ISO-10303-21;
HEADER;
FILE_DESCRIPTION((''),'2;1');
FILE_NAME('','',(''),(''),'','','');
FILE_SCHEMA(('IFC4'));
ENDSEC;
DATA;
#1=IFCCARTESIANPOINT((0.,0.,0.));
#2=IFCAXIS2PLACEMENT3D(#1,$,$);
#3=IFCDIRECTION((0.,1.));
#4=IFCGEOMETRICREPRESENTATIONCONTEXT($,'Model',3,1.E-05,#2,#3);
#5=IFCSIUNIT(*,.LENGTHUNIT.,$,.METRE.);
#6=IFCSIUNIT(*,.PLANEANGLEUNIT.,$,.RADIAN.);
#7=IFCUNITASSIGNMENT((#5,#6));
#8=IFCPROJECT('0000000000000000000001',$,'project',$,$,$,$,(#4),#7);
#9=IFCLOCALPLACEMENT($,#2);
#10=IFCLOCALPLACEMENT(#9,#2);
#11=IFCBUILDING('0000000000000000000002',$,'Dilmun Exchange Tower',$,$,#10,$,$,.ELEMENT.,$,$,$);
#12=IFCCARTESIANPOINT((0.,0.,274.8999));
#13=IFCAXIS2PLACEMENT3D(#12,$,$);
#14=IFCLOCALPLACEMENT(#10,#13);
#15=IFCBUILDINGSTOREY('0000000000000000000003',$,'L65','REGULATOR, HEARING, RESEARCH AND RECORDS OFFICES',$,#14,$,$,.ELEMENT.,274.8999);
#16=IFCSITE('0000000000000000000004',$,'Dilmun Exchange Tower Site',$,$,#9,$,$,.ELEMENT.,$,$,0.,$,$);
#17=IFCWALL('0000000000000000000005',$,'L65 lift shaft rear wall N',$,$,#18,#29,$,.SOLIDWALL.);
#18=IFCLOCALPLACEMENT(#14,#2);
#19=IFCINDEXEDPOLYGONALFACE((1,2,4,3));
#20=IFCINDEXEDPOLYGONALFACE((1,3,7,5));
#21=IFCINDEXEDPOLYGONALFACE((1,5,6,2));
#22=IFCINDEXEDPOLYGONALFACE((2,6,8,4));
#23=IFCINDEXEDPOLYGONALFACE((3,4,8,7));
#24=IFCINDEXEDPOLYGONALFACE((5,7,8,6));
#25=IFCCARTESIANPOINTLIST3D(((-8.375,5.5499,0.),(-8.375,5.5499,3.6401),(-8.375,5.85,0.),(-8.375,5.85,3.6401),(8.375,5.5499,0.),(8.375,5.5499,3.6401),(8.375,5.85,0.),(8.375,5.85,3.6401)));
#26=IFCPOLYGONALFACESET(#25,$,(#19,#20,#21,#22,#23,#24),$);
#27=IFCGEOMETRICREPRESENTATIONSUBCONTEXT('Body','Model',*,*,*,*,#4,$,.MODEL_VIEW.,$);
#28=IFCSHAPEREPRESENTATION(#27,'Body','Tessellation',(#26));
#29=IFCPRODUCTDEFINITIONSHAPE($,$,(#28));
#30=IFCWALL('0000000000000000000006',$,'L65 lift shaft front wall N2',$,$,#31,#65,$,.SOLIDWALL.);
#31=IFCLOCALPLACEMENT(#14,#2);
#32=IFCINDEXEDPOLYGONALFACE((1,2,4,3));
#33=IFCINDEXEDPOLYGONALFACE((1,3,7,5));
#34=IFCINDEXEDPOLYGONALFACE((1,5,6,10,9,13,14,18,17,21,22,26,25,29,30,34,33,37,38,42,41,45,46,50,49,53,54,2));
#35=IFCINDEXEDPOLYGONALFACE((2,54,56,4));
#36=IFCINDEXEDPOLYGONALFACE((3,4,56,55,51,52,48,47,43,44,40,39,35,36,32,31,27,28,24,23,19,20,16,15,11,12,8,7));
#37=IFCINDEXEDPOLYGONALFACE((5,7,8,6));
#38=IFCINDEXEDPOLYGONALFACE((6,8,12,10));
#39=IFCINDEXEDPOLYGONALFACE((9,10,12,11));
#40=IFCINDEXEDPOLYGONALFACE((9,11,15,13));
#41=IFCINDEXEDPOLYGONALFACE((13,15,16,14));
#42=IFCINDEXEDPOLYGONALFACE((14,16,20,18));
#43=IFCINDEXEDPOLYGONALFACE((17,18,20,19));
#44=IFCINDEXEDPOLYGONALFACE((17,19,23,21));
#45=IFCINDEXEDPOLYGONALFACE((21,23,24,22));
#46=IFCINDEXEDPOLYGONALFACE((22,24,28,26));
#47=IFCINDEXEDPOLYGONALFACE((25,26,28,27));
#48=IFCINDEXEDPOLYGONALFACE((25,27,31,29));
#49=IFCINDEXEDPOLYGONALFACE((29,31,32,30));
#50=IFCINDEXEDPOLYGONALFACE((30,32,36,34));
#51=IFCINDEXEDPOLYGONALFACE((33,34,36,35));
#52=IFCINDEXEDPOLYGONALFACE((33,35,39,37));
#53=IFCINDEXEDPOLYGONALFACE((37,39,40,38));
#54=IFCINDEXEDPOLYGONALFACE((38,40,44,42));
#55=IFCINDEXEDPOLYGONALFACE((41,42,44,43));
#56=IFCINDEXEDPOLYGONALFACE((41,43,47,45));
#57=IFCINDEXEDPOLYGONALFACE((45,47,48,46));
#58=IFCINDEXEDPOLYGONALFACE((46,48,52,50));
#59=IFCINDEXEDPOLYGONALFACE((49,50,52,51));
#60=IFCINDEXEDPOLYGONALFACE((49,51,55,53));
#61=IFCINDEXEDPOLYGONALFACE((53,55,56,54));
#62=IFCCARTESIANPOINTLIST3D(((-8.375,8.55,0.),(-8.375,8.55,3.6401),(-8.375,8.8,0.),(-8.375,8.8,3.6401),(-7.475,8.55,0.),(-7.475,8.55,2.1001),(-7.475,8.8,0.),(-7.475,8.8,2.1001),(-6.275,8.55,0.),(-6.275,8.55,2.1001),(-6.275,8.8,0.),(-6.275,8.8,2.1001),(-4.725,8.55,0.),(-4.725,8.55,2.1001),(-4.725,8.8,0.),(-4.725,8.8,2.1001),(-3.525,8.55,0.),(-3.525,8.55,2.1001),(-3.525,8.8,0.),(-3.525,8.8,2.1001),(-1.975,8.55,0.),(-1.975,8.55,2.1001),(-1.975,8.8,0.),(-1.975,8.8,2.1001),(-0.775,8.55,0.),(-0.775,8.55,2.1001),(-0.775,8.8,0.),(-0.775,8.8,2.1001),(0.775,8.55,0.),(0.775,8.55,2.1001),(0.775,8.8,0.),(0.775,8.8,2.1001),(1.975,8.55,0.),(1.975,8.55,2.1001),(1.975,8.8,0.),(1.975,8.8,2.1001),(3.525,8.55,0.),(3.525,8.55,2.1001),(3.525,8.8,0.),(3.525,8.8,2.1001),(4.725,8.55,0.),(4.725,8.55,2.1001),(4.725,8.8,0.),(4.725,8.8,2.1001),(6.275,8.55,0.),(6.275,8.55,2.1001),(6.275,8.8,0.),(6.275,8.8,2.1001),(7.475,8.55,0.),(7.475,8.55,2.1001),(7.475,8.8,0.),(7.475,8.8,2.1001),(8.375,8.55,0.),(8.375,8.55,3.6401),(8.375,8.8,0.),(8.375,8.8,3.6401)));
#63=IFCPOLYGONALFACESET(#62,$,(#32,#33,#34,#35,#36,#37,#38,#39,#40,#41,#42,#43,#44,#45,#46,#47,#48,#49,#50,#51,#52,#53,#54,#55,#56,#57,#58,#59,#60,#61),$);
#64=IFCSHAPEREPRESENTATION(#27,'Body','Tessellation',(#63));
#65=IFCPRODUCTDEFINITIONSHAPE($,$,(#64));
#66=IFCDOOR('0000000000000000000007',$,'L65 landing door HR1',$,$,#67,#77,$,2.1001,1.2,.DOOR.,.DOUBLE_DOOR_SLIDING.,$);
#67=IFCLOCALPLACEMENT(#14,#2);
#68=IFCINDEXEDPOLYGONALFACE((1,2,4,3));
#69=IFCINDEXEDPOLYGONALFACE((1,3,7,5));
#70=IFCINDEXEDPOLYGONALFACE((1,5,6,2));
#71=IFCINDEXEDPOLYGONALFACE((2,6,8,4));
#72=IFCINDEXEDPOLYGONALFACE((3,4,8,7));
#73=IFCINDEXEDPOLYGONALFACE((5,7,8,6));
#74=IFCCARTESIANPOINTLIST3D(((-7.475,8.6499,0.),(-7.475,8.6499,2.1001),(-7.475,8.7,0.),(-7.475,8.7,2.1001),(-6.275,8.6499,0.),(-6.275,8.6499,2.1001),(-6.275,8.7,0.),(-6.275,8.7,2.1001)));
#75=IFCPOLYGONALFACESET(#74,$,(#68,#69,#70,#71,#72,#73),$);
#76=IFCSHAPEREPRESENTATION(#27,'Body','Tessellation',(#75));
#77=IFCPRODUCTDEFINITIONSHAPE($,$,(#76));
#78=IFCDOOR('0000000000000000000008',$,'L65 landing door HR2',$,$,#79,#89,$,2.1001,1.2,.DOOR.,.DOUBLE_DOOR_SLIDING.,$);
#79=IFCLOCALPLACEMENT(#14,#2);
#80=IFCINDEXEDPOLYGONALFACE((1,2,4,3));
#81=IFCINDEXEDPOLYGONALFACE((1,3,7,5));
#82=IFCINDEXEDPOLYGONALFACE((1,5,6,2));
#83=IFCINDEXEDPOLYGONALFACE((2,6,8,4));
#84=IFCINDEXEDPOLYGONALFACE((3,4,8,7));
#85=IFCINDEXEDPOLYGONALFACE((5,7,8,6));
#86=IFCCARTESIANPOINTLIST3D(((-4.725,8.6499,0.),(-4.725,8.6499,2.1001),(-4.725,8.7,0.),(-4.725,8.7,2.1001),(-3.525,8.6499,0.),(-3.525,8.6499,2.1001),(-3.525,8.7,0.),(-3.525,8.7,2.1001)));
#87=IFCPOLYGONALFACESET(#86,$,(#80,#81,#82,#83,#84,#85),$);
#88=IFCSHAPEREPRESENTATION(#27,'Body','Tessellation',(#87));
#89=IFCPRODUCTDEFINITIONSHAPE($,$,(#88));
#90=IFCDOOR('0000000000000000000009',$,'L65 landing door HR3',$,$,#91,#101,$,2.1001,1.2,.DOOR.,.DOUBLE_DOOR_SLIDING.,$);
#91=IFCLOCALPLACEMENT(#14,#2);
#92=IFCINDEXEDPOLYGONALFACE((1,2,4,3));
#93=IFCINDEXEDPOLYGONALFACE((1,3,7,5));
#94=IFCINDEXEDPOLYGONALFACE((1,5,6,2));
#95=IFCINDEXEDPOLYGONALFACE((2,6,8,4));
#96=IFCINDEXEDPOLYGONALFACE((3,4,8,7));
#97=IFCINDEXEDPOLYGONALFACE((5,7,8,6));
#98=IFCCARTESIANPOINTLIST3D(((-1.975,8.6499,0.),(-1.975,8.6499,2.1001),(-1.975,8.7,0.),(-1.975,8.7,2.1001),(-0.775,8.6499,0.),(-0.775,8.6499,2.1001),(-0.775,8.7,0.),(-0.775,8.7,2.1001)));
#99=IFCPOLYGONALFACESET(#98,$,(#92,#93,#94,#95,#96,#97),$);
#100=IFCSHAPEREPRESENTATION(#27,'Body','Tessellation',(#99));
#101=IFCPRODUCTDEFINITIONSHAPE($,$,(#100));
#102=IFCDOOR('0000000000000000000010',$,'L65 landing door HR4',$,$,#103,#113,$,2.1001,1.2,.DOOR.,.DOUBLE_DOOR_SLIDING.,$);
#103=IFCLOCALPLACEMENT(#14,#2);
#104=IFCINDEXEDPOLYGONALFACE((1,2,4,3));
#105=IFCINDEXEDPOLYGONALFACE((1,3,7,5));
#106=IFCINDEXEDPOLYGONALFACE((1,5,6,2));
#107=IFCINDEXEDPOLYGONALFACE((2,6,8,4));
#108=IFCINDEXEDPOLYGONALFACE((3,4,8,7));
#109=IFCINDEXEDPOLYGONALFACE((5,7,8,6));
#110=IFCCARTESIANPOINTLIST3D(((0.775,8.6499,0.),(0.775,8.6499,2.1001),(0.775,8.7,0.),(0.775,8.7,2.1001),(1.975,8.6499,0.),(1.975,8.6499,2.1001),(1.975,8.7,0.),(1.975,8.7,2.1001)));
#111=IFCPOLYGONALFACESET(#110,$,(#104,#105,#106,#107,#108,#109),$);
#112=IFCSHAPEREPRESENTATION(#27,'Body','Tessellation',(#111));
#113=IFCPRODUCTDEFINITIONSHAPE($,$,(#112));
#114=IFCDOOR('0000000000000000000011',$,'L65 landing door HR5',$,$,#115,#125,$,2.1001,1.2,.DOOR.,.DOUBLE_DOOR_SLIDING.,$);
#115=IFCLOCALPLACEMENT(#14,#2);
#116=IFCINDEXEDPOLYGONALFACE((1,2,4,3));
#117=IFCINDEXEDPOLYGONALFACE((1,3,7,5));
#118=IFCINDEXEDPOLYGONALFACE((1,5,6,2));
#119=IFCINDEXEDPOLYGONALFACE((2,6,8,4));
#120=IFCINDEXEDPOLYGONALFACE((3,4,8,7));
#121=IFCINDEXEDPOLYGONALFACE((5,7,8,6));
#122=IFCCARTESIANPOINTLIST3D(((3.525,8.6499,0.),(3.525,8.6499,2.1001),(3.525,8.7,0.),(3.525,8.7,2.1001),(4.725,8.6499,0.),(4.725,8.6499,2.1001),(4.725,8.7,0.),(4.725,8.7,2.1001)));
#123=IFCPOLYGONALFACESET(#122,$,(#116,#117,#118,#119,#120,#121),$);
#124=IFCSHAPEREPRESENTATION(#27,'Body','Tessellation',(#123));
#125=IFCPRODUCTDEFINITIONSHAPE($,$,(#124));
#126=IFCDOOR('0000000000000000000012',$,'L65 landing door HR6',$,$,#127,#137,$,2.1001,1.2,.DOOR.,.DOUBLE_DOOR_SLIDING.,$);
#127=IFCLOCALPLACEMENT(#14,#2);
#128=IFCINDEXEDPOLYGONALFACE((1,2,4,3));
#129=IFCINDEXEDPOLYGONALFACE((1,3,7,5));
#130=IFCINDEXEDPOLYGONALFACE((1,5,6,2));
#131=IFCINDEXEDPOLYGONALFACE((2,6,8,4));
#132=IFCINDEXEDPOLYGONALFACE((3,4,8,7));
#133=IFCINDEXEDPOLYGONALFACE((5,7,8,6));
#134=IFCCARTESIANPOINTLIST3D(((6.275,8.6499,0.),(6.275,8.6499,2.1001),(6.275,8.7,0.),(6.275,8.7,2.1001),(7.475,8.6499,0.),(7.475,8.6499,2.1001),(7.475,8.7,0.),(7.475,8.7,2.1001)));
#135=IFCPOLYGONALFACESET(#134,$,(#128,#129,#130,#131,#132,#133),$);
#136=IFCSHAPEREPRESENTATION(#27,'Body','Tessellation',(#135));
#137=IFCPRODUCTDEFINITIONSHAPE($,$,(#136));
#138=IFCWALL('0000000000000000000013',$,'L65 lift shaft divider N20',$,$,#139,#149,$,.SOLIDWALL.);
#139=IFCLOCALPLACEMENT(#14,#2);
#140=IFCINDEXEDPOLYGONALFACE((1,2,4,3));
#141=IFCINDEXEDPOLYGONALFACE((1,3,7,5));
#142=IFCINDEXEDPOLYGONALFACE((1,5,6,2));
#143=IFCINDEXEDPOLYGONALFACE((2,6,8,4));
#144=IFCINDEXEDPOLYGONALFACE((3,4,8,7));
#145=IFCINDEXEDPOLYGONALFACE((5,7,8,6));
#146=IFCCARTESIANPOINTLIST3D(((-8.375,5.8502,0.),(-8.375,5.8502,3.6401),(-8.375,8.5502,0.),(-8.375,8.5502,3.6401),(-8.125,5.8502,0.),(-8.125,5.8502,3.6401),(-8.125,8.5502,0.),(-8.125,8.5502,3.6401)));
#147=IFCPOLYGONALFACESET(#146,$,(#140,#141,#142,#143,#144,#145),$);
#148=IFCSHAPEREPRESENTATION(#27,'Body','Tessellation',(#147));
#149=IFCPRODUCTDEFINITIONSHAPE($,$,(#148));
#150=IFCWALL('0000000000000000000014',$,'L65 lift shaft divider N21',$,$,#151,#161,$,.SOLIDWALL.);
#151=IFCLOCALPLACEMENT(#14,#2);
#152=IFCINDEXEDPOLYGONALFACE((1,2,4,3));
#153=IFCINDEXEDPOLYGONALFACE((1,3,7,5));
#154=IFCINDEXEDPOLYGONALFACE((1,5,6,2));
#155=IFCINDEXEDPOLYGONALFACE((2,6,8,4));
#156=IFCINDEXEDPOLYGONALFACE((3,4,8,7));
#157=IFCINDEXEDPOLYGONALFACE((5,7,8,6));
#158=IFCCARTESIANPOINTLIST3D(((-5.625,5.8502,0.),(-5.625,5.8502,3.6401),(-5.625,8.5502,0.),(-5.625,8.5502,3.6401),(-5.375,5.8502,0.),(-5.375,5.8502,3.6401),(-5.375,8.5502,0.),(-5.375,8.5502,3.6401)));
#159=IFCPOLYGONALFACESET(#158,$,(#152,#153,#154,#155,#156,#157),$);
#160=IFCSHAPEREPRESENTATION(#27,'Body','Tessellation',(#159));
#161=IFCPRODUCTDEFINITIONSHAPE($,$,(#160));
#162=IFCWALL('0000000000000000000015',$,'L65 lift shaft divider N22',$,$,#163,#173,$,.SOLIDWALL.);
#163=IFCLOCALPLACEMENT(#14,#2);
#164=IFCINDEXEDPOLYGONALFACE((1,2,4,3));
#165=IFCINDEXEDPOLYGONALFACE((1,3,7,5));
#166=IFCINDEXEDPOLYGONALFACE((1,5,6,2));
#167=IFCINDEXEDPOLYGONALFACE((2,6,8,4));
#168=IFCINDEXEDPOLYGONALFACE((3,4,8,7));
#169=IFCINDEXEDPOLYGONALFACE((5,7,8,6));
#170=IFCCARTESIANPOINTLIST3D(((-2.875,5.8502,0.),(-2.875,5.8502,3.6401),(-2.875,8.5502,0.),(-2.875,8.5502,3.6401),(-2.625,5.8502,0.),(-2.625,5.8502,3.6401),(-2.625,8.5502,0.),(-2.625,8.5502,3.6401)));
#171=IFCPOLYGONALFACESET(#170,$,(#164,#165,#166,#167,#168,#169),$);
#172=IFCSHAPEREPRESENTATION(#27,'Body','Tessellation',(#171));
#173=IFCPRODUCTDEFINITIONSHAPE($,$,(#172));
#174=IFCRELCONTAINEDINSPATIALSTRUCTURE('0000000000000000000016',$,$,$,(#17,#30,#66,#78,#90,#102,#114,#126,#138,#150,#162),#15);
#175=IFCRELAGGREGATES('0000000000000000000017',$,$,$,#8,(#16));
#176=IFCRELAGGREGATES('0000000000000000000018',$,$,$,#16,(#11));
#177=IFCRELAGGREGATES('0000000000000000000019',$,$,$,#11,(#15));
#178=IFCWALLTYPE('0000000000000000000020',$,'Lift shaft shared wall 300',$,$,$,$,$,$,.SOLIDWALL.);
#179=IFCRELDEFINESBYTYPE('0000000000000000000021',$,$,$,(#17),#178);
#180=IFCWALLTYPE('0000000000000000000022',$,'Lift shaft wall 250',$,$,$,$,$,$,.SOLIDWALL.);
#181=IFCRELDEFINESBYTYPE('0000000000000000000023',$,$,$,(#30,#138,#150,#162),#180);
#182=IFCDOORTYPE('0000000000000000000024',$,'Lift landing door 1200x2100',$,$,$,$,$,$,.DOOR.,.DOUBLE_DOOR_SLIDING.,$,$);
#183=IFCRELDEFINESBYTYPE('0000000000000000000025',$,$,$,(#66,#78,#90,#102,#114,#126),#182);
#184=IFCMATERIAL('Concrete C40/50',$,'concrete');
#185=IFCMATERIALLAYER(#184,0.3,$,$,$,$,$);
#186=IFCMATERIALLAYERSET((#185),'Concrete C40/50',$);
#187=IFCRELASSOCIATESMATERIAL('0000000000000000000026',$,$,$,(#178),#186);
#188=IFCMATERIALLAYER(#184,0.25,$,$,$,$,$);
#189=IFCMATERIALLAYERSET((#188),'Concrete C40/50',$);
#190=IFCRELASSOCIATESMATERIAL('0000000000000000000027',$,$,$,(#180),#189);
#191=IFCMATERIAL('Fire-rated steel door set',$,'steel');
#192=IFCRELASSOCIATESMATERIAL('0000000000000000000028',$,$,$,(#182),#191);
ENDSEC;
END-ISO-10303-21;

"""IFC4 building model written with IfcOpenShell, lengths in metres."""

from ifc_helpers import new_model, si_unit, direction, frame, frame_2d, origin, place, context, subcontext, project, spatial, rectangle, extrude, material, layer, layer_set, type_object, element, fill, save


model = new_model("IFC4")

# Units and contexts
model_context = context("Model", 3, precision=1e-05, world=origin(), true_north=direction((0.0, 1.0)))
body_context = subcontext(model_context, "Body", "Model", "MODEL_VIEW")
ifc_project = project(units=[si_unit("LENGTHUNIT", "METRE"), si_unit("PLANEANGLEUNIT", "RADIAN")], contexts=[model_context])

# Site, building, storey
site_placement = place(None, origin())
site = spatial("IfcSite", under=ifc_project, at=site_placement, Name="Dilmun Exchange Tower Site", CompositionType="ELEMENT", RefElevation=0.0)
building_placement = place(site_placement, origin())
building = spatial("IfcBuilding", under=site, at=building_placement, Name="Dilmun Exchange Tower", CompositionType="ELEMENT")
storey_placement = place(building_placement, frame((0.0, 0.0, 274.8999)))
storey = spatial("IfcBuildingStorey", under=building, at=storey_placement, Name="L65", Description="REGULATOR, HEARING, RESEARCH AND RECORDS OFFICES", CompositionType="ELEMENT", Elevation=274.8999)

# Shared definitions
ifc_material_1 = material(Name="Concrete C40/50", Category="concrete")

# Shared definitions
ifc_material_2 = material(Name="Fire-rated steel door set", Category="steel")

# Wall
ifc_layer_1 = layer(ifc_material_1, 0.3)
ifc_layer_set_1 = layer_set([ifc_layer_1], Name="Concrete C40/50")
wall_type_1 = type_object("IfcWallType", Name="Lift shaft shared wall 300", PredefinedType="SOLIDWALL", material=ifc_layer_set_1)
wall_1_placement = place(storey_placement, frame((-8.375, 5.7, 0.0), z_axis=(0.0, 0.0, 1.0), x_axis=(1.0, 0.0, 0.0)))
element("IfcWall", 1, at=wall_1_placement, inside=storey, type_object=wall_type_1, Name="L65 lift shaft rear wall N", PredefinedType="SOLIDWALL", context=body_context, shape_type="SweptSolid", body=[
    extrude(rectangle(XDim=16.75, YDim=0.3, at=frame_2d((8.375, 0.0))), origin(), (0.0, 0.0, 1.0), 3.6401),
])

# Wall, openings, doors
ifc_layer_2 = layer(ifc_material_1, 0.25)
ifc_layer_set_2 = layer_set([ifc_layer_2], Name="Concrete C40/50")
wall_type_2 = type_object("IfcWallType", Name="Lift shaft wall 250", PredefinedType="SOLIDWALL", material=ifc_layer_set_2)
wall_2_placement = place(storey_placement, frame((-8.375, 8.675, 0.0), z_axis=(0.0, 0.0, 1.0), x_axis=(1.0, 0.0, 0.0)))
wall_2 = element("IfcWall", 2, at=wall_2_placement, inside=storey, type_object=wall_type_2, Name="L65 lift shaft front wall N2", PredefinedType="SOLIDWALL", context=body_context, shape_type="SweptSolid", body=[
    extrude(rectangle(XDim=16.75, YDim=0.25, at=frame_2d((8.375, 0.0))), origin(), (0.0, 0.0, 1.0), 3.6401),
])
opening_1_placement = place(wall_2_placement, frame((0.8999, 0.0, 0.0)))
opening_1 = element("IfcOpeningElement", 3, at=opening_1_placement, cuts=wall_2, PredefinedType="OPENING", context=body_context, shape_type="SweptSolid", body=[
    extrude(rectangle(XDim=1.2, YDim=2.1001, at=frame_2d((0.6001, 1.05))), frame((0.0, 0.135, 0.0), z_axis=(0.0, -1.0, 0.0), x_axis=(1.0, 0.0, 0.0)), (0.0, 0.0, 1.0), 0.27),
])
opening_2_placement = place(wall_2_placement, frame((3.6499, 0.0, 0.0)))
opening_2 = element("IfcOpeningElement", 4, at=opening_2_placement, cuts=wall_2, PredefinedType="OPENING", context=body_context, shape_type="SweptSolid", body=[
    extrude(rectangle(XDim=1.2, YDim=2.1001, at=frame_2d((0.6001, 1.05))), frame((0.0, 0.135, 0.0), z_axis=(0.0, -1.0, 0.0), x_axis=(1.0, 0.0, 0.0)), (0.0, 0.0, 1.0), 0.27),
])
opening_3_placement = place(wall_2_placement, frame((6.3999, 0.0, 0.0)))
opening_3 = element("IfcOpeningElement", 5, at=opening_3_placement, cuts=wall_2, PredefinedType="OPENING", context=body_context, shape_type="SweptSolid", body=[
    extrude(rectangle(XDim=1.2, YDim=2.1001, at=frame_2d((0.6001, 1.05))), frame((0.0, 0.135, 0.0), z_axis=(0.0, -1.0, 0.0), x_axis=(1.0, 0.0, 0.0)), (0.0, 0.0, 1.0), 0.27),
])
opening_4_placement = place(wall_2_placement, frame((9.1499, 0.0, 0.0)))
opening_4 = element("IfcOpeningElement", 6, at=opening_4_placement, cuts=wall_2, PredefinedType="OPENING", context=body_context, shape_type="SweptSolid", body=[
    extrude(rectangle(XDim=1.2, YDim=2.1001, at=frame_2d((0.6001, 1.05))), frame((0.0, 0.135, 0.0), z_axis=(0.0, -1.0, 0.0), x_axis=(1.0, 0.0, 0.0)), (0.0, 0.0, 1.0), 0.27),
])
opening_5_placement = place(wall_2_placement, frame((11.8999, 0.0, 0.0)))
opening_5 = element("IfcOpeningElement", 7, at=opening_5_placement, cuts=wall_2, PredefinedType="OPENING", context=body_context, shape_type="SweptSolid", body=[
    extrude(rectangle(XDim=1.2, YDim=2.1001, at=frame_2d((0.6001, 1.05))), frame((0.0, 0.135, 0.0), z_axis=(0.0, -1.0, 0.0), x_axis=(1.0, 0.0, 0.0)), (0.0, 0.0, 1.0), 0.27),
])
opening_6_placement = place(wall_2_placement, frame((14.6499, 0.0, 0.0)))
opening_6 = element("IfcOpeningElement", 8, at=opening_6_placement, cuts=wall_2, PredefinedType="OPENING", context=body_context, shape_type="SweptSolid", body=[
    extrude(rectangle(XDim=1.2, YDim=2.1001, at=frame_2d((0.6001, 1.05))), frame((0.0, 0.135, 0.0), z_axis=(0.0, -1.0, 0.0), x_axis=(1.0, 0.0, 0.0)), (0.0, 0.0, 1.0), 0.27),
])
door_type_1 = type_object("IfcDoorType", Name="Lift landing door 1200x2100", OperationType="DOUBLE_DOOR_SLIDING", PredefinedType="DOOR", material=ifc_material_2)
door_1_placement = place(opening_1_placement, origin())
door_1 = element("IfcDoor", 9, at=door_1_placement, inside=storey, type_object=door_type_1, Name="L65 landing door HR1", OperationType="DOUBLE_DOOR_SLIDING", OverallHeight=2.1001, OverallWidth=1.2, PredefinedType="DOOR", context=body_context, shape_type="SweptSolid", body=[
    extrude(rectangle(XDim=1.2, YDim=2.1001, at=frame_2d((0.6001, 1.05))), frame((0.0, 0.0249, 0.0), z_axis=(0.0, -1.0, 0.0), x_axis=(1.0, 0.0, 0.0)), (0.0, 0.0, 1.0), 0.05),
])
fill(opening_1, door_1)
door_2_placement = place(opening_2_placement, origin())
door_2 = element("IfcDoor", 10, at=door_2_placement, inside=storey, type_object=door_type_1, Name="L65 landing door HR2", OperationType="DOUBLE_DOOR_SLIDING", OverallHeight=2.1001, OverallWidth=1.2, PredefinedType="DOOR", context=body_context, shape_type="SweptSolid", body=[
    extrude(rectangle(XDim=1.2, YDim=2.1001, at=frame_2d((0.6001, 1.05))), frame((0.0, 0.0249, 0.0), z_axis=(0.0, -1.0, 0.0), x_axis=(1.0, 0.0, 0.0)), (0.0, 0.0, 1.0), 0.05),
])
fill(opening_2, door_2)
door_3_placement = place(opening_3_placement, origin())
door_3 = element("IfcDoor", 11, at=door_3_placement, inside=storey, type_object=door_type_1, Name="L65 landing door HR3", OperationType="DOUBLE_DOOR_SLIDING", OverallHeight=2.1001, OverallWidth=1.2, PredefinedType="DOOR", context=body_context, shape_type="SweptSolid", body=[
    extrude(rectangle(XDim=1.2, YDim=2.1001, at=frame_2d((0.6001, 1.05))), frame((0.0, 0.0249, 0.0), z_axis=(0.0, -1.0, 0.0), x_axis=(1.0, 0.0, 0.0)), (0.0, 0.0, 1.0), 0.05),
])
fill(opening_3, door_3)
door_4_placement = place(opening_4_placement, origin())
door_4 = element("IfcDoor", 12, at=door_4_placement, inside=storey, type_object=door_type_1, Name="L65 landing door HR4", OperationType="DOUBLE_DOOR_SLIDING", OverallHeight=2.1001, OverallWidth=1.2, PredefinedType="DOOR", context=body_context, shape_type="SweptSolid", body=[
    extrude(rectangle(XDim=1.2, YDim=2.1001, at=frame_2d((0.6001, 1.05))), frame((0.0, 0.0249, 0.0), z_axis=(0.0, -1.0, 0.0), x_axis=(1.0, 0.0, 0.0)), (0.0, 0.0, 1.0), 0.05),
])
fill(opening_4, door_4)
door_5_placement = place(opening_5_placement, origin())
door_5 = element("IfcDoor", 13, at=door_5_placement, inside=storey, type_object=door_type_1, Name="L65 landing door HR5", OperationType="DOUBLE_DOOR_SLIDING", OverallHeight=2.1001, OverallWidth=1.2, PredefinedType="DOOR", context=body_context, shape_type="SweptSolid", body=[
    extrude(rectangle(XDim=1.2, YDim=2.1001, at=frame_2d((0.6001, 1.05))), frame((0.0, 0.0249, 0.0), z_axis=(0.0, -1.0, 0.0), x_axis=(1.0, 0.0, 0.0)), (0.0, 0.0, 1.0), 0.05),
])
fill(opening_5, door_5)
door_6_placement = place(opening_6_placement, origin())
door_6 = element("IfcDoor", 14, at=door_6_placement, inside=storey, type_object=door_type_1, Name="L65 landing door HR6", OperationType="DOUBLE_DOOR_SLIDING", OverallHeight=2.1001, OverallWidth=1.2, PredefinedType="DOOR", context=body_context, shape_type="SweptSolid", body=[
    extrude(rectangle(XDim=1.2, YDim=2.1001, at=frame_2d((0.6001, 1.05))), frame((0.0, 0.0249, 0.0), z_axis=(0.0, -1.0, 0.0), x_axis=(1.0, 0.0, 0.0)), (0.0, 0.0, 1.0), 0.05),
])
fill(opening_6, door_6)

# Walls
for number, where, z_axis, x_axis, name in (
    (15, (-8.25, 5.8501, 0.0), (0.0, 0.0, 1.0), (0.0, 1.0, 0.0), "L65 lift shaft divider N20"),
    (16, (-5.5, 5.8501, 0.0), (0.0, 0.0, 1.0), (0.0, 1.0, 0.0), "L65 lift shaft divider N21"),
    (17, (-2.75, 5.8501, 0.0), (0.0, 0.0, 1.0), (0.0, 1.0, 0.0), "L65 lift shaft divider N22"),
):
    element("IfcWall", number, at=place(storey_placement, frame(where, z_axis=z_axis, x_axis=x_axis)), inside=storey, type_object=wall_type_2, Name=name, PredefinedType="SOLIDWALL", context=body_context, shape_type="SweptSolid", body=[
        extrude(rectangle(XDim=2.7, YDim=0.25, at=frame_2d((1.3501, 0.0))), origin(), (0.0, 0.0, 1.0), 3.6401),
    ])

save(model, "model.ifc")
